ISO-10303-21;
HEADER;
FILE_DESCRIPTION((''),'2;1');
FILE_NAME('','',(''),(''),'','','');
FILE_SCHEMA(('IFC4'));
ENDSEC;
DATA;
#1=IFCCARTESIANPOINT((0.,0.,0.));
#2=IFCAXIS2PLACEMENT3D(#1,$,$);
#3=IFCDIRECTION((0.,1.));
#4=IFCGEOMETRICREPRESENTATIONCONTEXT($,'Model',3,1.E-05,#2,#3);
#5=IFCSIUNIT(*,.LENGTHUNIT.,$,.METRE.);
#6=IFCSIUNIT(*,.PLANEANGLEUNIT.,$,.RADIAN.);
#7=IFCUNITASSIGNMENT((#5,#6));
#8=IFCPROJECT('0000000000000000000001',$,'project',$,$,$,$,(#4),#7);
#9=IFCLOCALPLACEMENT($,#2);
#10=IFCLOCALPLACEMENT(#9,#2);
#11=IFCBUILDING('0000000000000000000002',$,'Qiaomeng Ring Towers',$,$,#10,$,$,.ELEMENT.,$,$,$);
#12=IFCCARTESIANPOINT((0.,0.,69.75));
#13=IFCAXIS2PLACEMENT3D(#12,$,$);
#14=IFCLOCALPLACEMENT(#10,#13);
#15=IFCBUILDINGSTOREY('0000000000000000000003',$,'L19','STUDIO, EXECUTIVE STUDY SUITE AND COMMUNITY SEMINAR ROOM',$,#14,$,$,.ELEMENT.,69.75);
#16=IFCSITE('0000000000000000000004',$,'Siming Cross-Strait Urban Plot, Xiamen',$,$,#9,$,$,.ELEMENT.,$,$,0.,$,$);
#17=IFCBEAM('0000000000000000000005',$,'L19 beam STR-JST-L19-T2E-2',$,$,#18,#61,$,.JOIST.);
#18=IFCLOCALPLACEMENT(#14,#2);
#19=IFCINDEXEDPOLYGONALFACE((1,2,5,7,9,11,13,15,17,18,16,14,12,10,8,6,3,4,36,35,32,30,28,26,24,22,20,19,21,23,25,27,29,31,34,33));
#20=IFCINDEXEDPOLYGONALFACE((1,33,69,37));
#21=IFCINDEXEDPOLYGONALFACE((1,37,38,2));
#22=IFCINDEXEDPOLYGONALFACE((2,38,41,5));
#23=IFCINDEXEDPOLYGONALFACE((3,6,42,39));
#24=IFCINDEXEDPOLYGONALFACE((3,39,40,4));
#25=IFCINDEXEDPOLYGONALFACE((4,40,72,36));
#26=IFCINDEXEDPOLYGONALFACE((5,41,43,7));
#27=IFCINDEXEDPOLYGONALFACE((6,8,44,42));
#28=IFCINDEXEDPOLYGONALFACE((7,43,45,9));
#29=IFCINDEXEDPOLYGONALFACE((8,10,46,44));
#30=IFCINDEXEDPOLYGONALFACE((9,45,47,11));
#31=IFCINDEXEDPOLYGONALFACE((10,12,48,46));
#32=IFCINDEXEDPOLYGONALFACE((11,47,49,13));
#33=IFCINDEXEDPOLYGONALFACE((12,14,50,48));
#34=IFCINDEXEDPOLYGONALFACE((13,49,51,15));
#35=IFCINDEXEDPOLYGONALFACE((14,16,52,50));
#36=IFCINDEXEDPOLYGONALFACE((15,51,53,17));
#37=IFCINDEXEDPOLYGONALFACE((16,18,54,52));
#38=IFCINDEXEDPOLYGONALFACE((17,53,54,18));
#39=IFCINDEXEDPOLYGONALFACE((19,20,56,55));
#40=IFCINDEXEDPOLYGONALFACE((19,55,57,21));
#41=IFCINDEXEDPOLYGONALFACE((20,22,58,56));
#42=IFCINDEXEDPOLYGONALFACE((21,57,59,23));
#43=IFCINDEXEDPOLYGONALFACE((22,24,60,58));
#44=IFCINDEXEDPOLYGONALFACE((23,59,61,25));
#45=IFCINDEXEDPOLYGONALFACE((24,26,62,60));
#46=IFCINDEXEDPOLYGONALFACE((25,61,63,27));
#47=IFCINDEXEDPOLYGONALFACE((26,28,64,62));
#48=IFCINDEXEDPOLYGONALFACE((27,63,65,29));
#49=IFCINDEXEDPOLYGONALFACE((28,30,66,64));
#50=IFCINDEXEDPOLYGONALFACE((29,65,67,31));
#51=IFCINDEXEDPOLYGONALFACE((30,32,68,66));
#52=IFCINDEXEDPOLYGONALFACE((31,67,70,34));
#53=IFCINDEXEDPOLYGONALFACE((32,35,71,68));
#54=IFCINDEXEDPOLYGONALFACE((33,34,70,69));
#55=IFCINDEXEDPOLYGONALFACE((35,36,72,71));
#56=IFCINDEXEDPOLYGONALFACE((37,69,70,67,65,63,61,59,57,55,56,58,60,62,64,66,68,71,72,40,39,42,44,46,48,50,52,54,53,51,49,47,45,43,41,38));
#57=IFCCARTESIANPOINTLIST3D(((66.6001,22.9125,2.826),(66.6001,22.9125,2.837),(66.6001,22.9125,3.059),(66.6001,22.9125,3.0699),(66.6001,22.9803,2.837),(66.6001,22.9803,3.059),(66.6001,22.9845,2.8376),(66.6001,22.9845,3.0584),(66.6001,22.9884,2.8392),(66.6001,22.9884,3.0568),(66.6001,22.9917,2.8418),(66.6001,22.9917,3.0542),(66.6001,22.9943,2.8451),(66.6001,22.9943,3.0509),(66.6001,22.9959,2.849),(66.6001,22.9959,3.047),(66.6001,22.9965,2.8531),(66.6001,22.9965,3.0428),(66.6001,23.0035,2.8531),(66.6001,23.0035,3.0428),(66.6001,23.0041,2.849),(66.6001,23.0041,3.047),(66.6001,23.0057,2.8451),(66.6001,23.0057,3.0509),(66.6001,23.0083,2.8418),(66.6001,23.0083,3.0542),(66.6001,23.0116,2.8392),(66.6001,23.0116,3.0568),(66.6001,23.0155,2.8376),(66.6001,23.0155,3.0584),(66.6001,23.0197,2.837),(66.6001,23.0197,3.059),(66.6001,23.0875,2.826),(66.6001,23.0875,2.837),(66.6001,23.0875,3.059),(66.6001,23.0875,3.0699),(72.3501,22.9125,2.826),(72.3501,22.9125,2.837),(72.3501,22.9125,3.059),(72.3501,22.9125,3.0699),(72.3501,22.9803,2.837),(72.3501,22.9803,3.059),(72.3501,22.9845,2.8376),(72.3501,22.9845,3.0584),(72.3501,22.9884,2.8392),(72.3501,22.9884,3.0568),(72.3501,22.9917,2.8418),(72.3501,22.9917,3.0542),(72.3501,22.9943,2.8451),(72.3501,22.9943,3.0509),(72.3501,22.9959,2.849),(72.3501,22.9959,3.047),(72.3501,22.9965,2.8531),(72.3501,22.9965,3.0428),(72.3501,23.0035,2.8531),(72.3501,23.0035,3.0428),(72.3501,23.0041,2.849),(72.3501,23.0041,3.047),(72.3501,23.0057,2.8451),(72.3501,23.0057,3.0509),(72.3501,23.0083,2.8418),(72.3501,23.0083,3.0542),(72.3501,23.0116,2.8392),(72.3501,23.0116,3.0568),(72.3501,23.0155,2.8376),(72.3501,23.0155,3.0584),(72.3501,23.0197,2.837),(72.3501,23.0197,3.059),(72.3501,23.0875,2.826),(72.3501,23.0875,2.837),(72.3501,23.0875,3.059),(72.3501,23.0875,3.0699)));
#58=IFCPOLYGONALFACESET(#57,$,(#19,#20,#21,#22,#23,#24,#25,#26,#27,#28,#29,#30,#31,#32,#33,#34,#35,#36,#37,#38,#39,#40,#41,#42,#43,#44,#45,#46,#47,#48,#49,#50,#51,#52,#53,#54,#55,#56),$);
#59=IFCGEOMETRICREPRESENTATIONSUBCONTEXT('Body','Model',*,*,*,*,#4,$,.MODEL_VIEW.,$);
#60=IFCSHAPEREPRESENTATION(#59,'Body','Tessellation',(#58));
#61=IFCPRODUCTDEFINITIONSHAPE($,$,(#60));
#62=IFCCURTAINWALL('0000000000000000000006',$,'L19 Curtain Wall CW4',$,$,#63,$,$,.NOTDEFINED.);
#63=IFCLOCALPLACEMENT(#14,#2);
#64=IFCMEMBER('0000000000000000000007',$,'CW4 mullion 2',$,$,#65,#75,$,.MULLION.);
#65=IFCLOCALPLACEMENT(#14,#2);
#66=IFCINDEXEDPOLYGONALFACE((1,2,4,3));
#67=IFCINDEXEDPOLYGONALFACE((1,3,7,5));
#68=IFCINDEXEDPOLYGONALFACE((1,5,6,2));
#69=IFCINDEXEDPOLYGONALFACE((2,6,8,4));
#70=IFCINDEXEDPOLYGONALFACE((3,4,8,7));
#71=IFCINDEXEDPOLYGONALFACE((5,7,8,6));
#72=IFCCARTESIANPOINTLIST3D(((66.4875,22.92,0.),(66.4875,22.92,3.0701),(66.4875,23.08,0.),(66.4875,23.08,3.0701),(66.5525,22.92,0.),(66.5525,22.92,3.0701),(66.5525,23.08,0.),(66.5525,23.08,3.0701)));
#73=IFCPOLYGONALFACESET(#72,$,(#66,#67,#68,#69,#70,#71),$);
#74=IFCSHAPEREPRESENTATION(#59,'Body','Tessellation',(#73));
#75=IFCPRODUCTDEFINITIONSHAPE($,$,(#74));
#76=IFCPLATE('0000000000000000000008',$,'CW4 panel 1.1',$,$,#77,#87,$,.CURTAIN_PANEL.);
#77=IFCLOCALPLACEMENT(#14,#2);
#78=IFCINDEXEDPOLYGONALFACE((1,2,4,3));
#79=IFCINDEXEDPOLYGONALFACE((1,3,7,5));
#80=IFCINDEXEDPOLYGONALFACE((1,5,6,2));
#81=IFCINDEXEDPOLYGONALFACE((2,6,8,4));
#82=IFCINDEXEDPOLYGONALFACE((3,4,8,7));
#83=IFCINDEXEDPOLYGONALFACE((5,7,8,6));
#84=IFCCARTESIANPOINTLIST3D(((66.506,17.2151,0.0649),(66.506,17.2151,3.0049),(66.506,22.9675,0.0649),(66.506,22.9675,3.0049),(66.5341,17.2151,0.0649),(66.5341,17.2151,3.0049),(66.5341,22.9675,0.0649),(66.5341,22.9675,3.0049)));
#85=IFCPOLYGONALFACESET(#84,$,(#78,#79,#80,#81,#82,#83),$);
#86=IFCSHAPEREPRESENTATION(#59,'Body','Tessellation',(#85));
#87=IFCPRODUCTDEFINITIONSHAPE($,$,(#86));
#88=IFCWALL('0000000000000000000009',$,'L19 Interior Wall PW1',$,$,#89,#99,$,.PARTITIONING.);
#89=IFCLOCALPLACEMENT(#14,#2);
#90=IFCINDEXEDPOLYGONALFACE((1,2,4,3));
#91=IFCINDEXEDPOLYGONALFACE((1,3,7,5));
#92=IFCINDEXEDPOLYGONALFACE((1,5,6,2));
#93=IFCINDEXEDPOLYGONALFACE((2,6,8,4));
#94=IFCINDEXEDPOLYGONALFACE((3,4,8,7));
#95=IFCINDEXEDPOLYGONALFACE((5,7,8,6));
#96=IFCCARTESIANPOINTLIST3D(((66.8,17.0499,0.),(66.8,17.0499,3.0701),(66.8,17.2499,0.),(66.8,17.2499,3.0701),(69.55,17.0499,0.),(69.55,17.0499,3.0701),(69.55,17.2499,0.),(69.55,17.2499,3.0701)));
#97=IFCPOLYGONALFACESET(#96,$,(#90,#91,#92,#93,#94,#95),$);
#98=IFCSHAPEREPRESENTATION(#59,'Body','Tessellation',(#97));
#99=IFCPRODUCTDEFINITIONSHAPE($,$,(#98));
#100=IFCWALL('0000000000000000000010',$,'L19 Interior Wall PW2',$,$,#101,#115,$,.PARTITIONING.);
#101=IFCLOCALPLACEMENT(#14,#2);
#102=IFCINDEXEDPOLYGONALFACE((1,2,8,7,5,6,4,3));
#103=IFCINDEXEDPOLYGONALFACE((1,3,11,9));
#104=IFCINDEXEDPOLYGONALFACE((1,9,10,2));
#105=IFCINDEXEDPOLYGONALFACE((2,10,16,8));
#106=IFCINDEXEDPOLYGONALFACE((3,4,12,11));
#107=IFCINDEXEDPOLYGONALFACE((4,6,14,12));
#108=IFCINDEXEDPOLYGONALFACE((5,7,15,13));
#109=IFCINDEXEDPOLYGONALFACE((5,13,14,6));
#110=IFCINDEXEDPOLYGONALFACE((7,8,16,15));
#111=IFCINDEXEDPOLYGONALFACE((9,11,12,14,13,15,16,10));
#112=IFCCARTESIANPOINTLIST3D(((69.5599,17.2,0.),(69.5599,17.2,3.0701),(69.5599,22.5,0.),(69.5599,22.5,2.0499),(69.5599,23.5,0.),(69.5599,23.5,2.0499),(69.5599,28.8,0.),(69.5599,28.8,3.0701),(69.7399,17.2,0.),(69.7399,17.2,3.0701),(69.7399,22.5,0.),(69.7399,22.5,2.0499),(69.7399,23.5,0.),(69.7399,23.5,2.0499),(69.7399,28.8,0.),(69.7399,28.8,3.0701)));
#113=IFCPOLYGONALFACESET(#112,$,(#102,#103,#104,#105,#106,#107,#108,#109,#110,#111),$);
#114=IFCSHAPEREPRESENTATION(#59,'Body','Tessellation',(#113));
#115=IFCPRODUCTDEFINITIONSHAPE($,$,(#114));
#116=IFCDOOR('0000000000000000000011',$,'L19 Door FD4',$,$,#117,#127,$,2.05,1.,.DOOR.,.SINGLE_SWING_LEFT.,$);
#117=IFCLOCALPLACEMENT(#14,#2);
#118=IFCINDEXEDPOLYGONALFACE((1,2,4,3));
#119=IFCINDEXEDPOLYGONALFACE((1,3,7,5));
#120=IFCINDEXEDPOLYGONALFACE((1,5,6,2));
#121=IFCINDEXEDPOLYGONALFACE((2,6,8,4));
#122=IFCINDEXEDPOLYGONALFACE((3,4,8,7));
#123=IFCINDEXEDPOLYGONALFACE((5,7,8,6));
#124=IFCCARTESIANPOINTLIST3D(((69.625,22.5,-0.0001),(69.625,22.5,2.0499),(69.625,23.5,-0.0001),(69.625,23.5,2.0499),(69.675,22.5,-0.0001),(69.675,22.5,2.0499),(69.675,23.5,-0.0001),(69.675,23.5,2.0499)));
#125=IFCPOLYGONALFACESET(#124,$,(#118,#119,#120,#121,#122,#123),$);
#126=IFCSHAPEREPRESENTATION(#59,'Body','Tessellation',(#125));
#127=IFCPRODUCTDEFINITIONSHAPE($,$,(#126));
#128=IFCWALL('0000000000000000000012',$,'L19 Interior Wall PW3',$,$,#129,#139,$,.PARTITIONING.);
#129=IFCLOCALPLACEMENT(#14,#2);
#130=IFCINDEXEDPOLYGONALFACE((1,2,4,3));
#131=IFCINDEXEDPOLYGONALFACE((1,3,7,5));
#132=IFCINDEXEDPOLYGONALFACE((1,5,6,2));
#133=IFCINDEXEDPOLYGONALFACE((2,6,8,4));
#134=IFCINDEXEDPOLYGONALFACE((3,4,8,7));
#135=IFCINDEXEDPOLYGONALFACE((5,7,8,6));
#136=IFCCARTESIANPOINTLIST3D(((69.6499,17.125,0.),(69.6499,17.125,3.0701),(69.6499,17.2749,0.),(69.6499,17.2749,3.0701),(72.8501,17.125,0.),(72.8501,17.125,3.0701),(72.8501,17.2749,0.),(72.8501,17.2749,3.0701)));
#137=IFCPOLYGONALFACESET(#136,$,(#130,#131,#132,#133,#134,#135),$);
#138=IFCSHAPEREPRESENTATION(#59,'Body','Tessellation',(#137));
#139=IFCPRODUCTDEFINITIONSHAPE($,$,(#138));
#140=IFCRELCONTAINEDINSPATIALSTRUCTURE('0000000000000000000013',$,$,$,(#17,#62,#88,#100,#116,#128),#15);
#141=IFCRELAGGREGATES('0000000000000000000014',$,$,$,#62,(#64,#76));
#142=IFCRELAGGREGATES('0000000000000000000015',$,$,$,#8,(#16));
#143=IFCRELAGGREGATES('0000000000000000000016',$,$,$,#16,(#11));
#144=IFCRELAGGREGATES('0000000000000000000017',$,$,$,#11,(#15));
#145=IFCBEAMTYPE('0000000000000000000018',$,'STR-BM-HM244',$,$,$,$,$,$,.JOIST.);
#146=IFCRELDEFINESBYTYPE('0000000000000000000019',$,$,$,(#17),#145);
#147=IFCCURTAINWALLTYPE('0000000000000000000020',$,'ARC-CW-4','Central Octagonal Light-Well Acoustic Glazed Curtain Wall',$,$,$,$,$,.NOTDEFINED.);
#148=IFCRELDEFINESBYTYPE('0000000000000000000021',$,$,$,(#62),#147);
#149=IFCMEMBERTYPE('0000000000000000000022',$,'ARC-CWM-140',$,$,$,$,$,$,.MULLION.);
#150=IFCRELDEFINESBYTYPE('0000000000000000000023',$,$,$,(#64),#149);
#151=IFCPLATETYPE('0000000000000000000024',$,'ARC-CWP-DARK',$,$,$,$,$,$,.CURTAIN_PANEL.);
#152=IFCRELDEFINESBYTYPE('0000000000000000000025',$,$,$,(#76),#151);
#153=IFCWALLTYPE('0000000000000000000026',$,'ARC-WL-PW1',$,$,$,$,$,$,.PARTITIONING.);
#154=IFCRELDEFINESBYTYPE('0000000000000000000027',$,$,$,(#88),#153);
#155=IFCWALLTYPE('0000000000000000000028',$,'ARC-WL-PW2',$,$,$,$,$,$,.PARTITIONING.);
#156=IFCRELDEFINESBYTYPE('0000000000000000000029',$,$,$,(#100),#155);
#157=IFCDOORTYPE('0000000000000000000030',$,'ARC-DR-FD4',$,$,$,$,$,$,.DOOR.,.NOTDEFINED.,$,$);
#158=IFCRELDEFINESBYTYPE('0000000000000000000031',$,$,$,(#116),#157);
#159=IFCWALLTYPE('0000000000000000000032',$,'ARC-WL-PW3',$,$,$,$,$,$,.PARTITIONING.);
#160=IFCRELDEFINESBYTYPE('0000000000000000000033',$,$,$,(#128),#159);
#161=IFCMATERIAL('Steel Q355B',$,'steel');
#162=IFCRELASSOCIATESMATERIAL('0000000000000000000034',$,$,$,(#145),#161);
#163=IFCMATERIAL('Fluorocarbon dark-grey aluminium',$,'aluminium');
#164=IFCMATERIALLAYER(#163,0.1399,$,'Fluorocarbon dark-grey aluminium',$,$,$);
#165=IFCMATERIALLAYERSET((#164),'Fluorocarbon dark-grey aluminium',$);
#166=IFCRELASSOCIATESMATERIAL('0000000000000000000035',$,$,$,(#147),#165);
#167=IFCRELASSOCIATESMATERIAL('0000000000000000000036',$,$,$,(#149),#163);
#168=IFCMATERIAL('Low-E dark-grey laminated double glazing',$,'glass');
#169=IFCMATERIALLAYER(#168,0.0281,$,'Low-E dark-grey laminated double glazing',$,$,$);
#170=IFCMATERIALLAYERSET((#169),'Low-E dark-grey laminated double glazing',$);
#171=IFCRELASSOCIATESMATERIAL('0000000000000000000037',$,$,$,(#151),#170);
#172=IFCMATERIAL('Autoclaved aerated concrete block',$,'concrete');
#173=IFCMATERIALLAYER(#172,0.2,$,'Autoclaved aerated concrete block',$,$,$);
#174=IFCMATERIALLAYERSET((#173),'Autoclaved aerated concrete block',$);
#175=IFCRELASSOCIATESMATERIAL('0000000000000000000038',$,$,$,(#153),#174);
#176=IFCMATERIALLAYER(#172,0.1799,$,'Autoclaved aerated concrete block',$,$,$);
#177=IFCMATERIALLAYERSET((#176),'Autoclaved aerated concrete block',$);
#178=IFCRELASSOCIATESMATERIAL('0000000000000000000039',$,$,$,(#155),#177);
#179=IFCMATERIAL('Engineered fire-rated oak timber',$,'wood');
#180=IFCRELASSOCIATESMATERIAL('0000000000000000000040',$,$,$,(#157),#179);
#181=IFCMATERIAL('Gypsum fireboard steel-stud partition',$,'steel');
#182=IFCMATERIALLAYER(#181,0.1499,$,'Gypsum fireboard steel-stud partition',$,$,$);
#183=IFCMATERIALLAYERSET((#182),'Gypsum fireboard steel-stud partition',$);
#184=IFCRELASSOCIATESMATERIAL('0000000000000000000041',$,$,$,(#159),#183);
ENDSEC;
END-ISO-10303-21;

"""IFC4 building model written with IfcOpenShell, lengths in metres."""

from ifc_helpers import new_model, si_unit, direction, frame, frame_2d, origin, origin_2d, place, context, subcontext, project, spatial, rectangle, i_section, extrude, source, transform, mapped, material, layer, layer_set, material_profile, profile_set, type_object, element, fill, aggregate, save


model = new_model("IFC4")

# Units and contexts
model_context = context("Model", 3, precision=1e-05, world=origin(), true_north=direction((0.0, 1.0)))
body_context = subcontext(model_context, "Body", "Model", "MODEL_VIEW")
ifc_project = project(units=[si_unit("LENGTHUNIT", "METRE"), si_unit("PLANEANGLEUNIT", "RADIAN")], contexts=[model_context])

# Site, building, storey
site_placement = place(None, origin())
site = spatial("IfcSite", under=ifc_project, at=site_placement, Name="Siming Cross-Strait Urban Plot, Xiamen", CompositionType="ELEMENT", RefElevation=0.0)
building_placement = place(site_placement, origin())
building = spatial("IfcBuilding", under=site, at=building_placement, Name="Qiaomeng Ring Towers", CompositionType="ELEMENT")
storey_placement = place(building_placement, frame((0.0, 0.0, 69.75)))
storey = spatial("IfcBuildingStorey", under=building, at=storey_placement, Name="L19", Description="STUDIO, EXECUTIVE STUDY SUITE AND COMMUNITY SEMINAR ROOM", CompositionType="ELEMENT", Elevation=69.75)

# Beam
ifc_material_1 = material(Name="Steel Q355B", Category="steel")
ifc_material_profile_1 = material_profile(ifc_material_1, i_section(OverallWidth=0.175, OverallDepth=0.2439, WebThickness=0.0071, FlangeThickness=0.011, FilletRadius=0.0161, at=origin_2d()), Name="HM 244x175x7x11")
ifc_profile_set_1 = profile_set([ifc_material_profile_1], Name="Steel Q355B")
beam_type_1 = type_object("IfcBeamType", Name="STR-BM-HM244", PredefinedType="JOIST", material=ifc_profile_set_1)
shared_shape_1 = source(origin(), body_context, "Body", "SweptSolid", [
    extrude(i_section(OverallWidth=0.175, OverallDepth=0.2439, WebThickness=0.0071, FlangeThickness=0.011, FilletRadius=0.0161, at=origin_2d()), origin(), (0.0, 0.0, 1.0), 5.75),
])
for number, where, z_axis, x_axis, name in (
    (1, (66.6001, 23.0, 2.948), (1.0, 0.0, 0.0), (0.0, 1.0, 0.0), "L19 beam STR-JST-L19-T2E-2"),
):
    element("IfcBeam", number, at=place(storey_placement, frame(where, z_axis=z_axis, x_axis=x_axis)), inside=storey, type_object=beam_type_1, Name=name, PredefinedType="JOIST", context=body_context, shape_type="MappedRepresentation", body=[
        mapped(shared_shape_1, transform((0.0, 0.0, 0.0), x_axis=(1.0, 0.0, 0.0), y_axis=(0.0, 1.0, 0.0), z_axis=(0.0, 0.0, 1.0), scale=1.0)),
    ])

# Curtain wall, member, plate
ifc_material_2 = material(Name="Fluorocarbon dark-grey aluminium", Category="aluminium")
ifc_layer_1 = layer(ifc_material_2, 0.1399, Name="Fluorocarbon dark-grey aluminium")
ifc_layer_set_1 = layer_set([ifc_layer_1], Name="Fluorocarbon dark-grey aluminium")
curtain_wall_type = type_object("IfcCurtainWallType", Name="ARC-CW-4", Description="Central Octagonal Light-Well Acoustic Glazed Curtain Wall", PredefinedType="NOTDEFINED", material=ifc_layer_set_1)
curtain_wall_placement = place(storey_placement, origin())
curtain_wall = element("IfcCurtainWall", 2, at=curtain_wall_placement, inside=storey, type_object=curtain_wall_type, Name="L19 Curtain Wall CW4", PredefinedType="NOTDEFINED")
ifc_material_profile_2 = material_profile(ifc_material_2, rectangle(XDim=0.0649, YDim=0.1599, at=origin_2d()), Name="ALU MULL 65x160")
ifc_profile_set_2 = profile_set([ifc_material_profile_2], Name="Fluorocarbon dark-grey aluminium")
member_type = type_object("IfcMemberType", Name="ARC-CWM-140", PredefinedType="MULLION", material=ifc_profile_set_2)
shared_shape_2 = source(origin(), body_context, "Body", "SweptSolid", [
    extrude(rectangle(XDim=0.0649, YDim=0.1599, at=origin_2d()), origin(), (0.0, 0.0, 1.0), 3.0701),
])
member_placement = place(storey_placement, frame((66.52, 23.0, 0.0), z_axis=(0.0, 0.0, 1.0), x_axis=(-1.0, 0.0, 0.0)))
member = element("IfcMember", 3, at=member_placement, type_object=member_type, Name="CW4 mullion 2", PredefinedType="MULLION", context=body_context, shape_type="MappedRepresentation", body=[
    mapped(shared_shape_2, transform((0.0, 0.0, 0.0), x_axis=(1.0, 0.0, 0.0), y_axis=(0.0, 1.0, 0.0), z_axis=(0.0, 0.0, 1.0), scale=1.0)),
])
ifc_material_3 = material(Name="Low-E dark-grey laminated double glazing", Category="glass")
ifc_layer_2 = layer(ifc_material_3, 0.0281, Name="Low-E dark-grey laminated double glazing")
ifc_layer_set_2 = layer_set([ifc_layer_2], Name="Low-E dark-grey laminated double glazing")
plate_type = type_object("IfcPlateType", Name="ARC-CWP-DARK", PredefinedType="CURTAIN_PANEL", material=ifc_layer_set_2)
shared_shape_3 = source(origin(), body_context, "Body", "SweptSolid", [
    extrude(rectangle(XDim=5.7524, YDim=0.0281, at=origin_2d()), origin(), (0.0, 0.0, 1.0), 2.9399),
])
plate_placement = place(storey_placement, frame((66.52, 20.0913, 0.0649), z_axis=(0.0, 0.0, 1.0), x_axis=(0.0, 1.0, 0.0)))
plate = element("IfcPlate", 4, at=plate_placement, type_object=plate_type, Name="CW4 panel 1.1", PredefinedType="CURTAIN_PANEL", context=body_context, shape_type="MappedRepresentation", body=[
    mapped(shared_shape_3, transform((0.0, 0.0, 0.0), x_axis=(1.0, 0.0, 0.0), y_axis=(0.0, 1.0, 0.0), z_axis=(0.0, 0.0, 1.0), scale=1.0)),
])
aggregate(curtain_wall, [member, plate])

# Wall
ifc_material_4 = material(Name="Autoclaved aerated concrete block", Category="concrete")
ifc_layer_3 = layer(ifc_material_4, 0.2, Name="Autoclaved aerated concrete block")
ifc_layer_set_3 = layer_set([ifc_layer_3], Name="Autoclaved aerated concrete block")
wall_type_1 = type_object("IfcWallType", Name="ARC-WL-PW1", PredefinedType="PARTITIONING", material=ifc_layer_set_3)
wall_1_placement = place(storey_placement, frame((66.8, 17.1499, 0.0), z_axis=(0.0, 0.0, 1.0), x_axis=(1.0, 0.0, 0.0)))
element("IfcWall", 5, at=wall_1_placement, inside=storey, type_object=wall_type_1, Name="L19 Interior Wall PW1", PredefinedType="PARTITIONING", context=body_context, shape_type="SweptSolid", body=[
    extrude(rectangle(XDim=2.75, YDim=0.2, at=frame_2d((1.375, 0.0))), origin(), (0.0, 0.0, 1.0), 3.0701),
])

# Wall, opening, door
ifc_layer_4 = layer(ifc_material_4, 0.1799, Name="Autoclaved aerated concrete block")
ifc_layer_set_4 = layer_set([ifc_layer_4], Name="Autoclaved aerated concrete block")
wall_type_2 = type_object("IfcWallType", Name="ARC-WL-PW2", PredefinedType="PARTITIONING", material=ifc_layer_set_4)
wall_2_placement = place(storey_placement, frame((69.6499, 17.2, 0.0), z_axis=(0.0, 0.0, 1.0), x_axis=(0.0, 1.0, 0.0)))
wall_2 = element("IfcWall", 6, at=wall_2_placement, inside=storey, type_object=wall_type_2, Name="L19 Interior Wall PW2", PredefinedType="PARTITIONING", context=body_context, shape_type="SweptSolid", body=[
    extrude(rectangle(XDim=11.6001, YDim=0.1799, at=frame_2d((5.8, 0.0))), origin(), (0.0, 0.0, 1.0), 3.0701),
])
opening_1_placement = place(wall_2_placement, frame((5.3, 0.0, 0.0)))
opening_1 = element("IfcOpeningElement", 7, at=opening_1_placement, cuts=wall_2, PredefinedType="OPENING", context=body_context, shape_type="SweptSolid", body=[
    extrude(rectangle(XDim=1.0, YDim=2.05, at=frame_2d((0.5, 1.0249))), frame((0.0, 0.0999, 0.0), z_axis=(0.0, -1.0, 0.0), x_axis=(1.0, 0.0, 0.0)), (0.0, 0.0, 1.0), 0.2),
])
ifc_material_5 = material(Name="Engineered fire-rated oak timber", Category="wood")
door_type_1 = type_object("IfcDoorType", Name="ARC-DR-FD4", OperationType="NOTDEFINED", PredefinedType="DOOR", material=ifc_material_5)
shared_shape_4 = source(origin(), body_context, "Body", "SweptSolid", [
    extrude(rectangle(XDim=1.0, YDim=2.05, at=frame_2d((0.5, 1.0249))), frame((0.0, 0.0249, 0.0), z_axis=(0.0, -1.0, 0.0), x_axis=(1.0, 0.0, 0.0)), (0.0, 0.0, 1.0), 0.05),
])
door_1_placement = place(opening_1_placement, origin())
door_1 = element("IfcDoor", 8, at=door_1_placement, inside=storey, type_object=door_type_1, Name="L19 Door FD4", OperationType="SINGLE_SWING_LEFT", OverallHeight=2.05, OverallWidth=1.0, PredefinedType="DOOR", context=body_context, shape_type="MappedRepresentation", body=[
    mapped(shared_shape_4, transform((0.0, 0.0, 0.0), x_axis=(1.0, 0.0, 0.0), y_axis=(0.0, 1.0, 0.0), z_axis=(0.0, 0.0, 1.0), scale=1.0)),
])
fill(opening_1, door_1)

# Wall
ifc_material_6 = material(Name="Gypsum fireboard steel-stud partition", Category="steel")
ifc_layer_5 = layer(ifc_material_6, 0.1499, Name="Gypsum fireboard steel-stud partition")
ifc_layer_set_5 = layer_set([ifc_layer_5], Name="Gypsum fireboard steel-stud partition")
wall_type_3 = type_object("IfcWallType", Name="ARC-WL-PW3", PredefinedType="PARTITIONING", material=ifc_layer_set_5)
wall_3_placement = place(storey_placement, frame((69.6499, 17.2, 0.0), z_axis=(0.0, 0.0, 1.0), x_axis=(1.0, 0.0, 0.0)))
element("IfcWall", 9, at=wall_3_placement, inside=storey, type_object=wall_type_3, Name="L19 Interior Wall PW3", PredefinedType="PARTITIONING", context=body_context, shape_type="SweptSolid", body=[
    extrude(rectangle(XDim=3.2002, YDim=0.1499, at=frame_2d((1.6001, 0.0))), origin(), (0.0, 0.0, 1.0), 3.0701),
])

save(model, "model.ifc")
